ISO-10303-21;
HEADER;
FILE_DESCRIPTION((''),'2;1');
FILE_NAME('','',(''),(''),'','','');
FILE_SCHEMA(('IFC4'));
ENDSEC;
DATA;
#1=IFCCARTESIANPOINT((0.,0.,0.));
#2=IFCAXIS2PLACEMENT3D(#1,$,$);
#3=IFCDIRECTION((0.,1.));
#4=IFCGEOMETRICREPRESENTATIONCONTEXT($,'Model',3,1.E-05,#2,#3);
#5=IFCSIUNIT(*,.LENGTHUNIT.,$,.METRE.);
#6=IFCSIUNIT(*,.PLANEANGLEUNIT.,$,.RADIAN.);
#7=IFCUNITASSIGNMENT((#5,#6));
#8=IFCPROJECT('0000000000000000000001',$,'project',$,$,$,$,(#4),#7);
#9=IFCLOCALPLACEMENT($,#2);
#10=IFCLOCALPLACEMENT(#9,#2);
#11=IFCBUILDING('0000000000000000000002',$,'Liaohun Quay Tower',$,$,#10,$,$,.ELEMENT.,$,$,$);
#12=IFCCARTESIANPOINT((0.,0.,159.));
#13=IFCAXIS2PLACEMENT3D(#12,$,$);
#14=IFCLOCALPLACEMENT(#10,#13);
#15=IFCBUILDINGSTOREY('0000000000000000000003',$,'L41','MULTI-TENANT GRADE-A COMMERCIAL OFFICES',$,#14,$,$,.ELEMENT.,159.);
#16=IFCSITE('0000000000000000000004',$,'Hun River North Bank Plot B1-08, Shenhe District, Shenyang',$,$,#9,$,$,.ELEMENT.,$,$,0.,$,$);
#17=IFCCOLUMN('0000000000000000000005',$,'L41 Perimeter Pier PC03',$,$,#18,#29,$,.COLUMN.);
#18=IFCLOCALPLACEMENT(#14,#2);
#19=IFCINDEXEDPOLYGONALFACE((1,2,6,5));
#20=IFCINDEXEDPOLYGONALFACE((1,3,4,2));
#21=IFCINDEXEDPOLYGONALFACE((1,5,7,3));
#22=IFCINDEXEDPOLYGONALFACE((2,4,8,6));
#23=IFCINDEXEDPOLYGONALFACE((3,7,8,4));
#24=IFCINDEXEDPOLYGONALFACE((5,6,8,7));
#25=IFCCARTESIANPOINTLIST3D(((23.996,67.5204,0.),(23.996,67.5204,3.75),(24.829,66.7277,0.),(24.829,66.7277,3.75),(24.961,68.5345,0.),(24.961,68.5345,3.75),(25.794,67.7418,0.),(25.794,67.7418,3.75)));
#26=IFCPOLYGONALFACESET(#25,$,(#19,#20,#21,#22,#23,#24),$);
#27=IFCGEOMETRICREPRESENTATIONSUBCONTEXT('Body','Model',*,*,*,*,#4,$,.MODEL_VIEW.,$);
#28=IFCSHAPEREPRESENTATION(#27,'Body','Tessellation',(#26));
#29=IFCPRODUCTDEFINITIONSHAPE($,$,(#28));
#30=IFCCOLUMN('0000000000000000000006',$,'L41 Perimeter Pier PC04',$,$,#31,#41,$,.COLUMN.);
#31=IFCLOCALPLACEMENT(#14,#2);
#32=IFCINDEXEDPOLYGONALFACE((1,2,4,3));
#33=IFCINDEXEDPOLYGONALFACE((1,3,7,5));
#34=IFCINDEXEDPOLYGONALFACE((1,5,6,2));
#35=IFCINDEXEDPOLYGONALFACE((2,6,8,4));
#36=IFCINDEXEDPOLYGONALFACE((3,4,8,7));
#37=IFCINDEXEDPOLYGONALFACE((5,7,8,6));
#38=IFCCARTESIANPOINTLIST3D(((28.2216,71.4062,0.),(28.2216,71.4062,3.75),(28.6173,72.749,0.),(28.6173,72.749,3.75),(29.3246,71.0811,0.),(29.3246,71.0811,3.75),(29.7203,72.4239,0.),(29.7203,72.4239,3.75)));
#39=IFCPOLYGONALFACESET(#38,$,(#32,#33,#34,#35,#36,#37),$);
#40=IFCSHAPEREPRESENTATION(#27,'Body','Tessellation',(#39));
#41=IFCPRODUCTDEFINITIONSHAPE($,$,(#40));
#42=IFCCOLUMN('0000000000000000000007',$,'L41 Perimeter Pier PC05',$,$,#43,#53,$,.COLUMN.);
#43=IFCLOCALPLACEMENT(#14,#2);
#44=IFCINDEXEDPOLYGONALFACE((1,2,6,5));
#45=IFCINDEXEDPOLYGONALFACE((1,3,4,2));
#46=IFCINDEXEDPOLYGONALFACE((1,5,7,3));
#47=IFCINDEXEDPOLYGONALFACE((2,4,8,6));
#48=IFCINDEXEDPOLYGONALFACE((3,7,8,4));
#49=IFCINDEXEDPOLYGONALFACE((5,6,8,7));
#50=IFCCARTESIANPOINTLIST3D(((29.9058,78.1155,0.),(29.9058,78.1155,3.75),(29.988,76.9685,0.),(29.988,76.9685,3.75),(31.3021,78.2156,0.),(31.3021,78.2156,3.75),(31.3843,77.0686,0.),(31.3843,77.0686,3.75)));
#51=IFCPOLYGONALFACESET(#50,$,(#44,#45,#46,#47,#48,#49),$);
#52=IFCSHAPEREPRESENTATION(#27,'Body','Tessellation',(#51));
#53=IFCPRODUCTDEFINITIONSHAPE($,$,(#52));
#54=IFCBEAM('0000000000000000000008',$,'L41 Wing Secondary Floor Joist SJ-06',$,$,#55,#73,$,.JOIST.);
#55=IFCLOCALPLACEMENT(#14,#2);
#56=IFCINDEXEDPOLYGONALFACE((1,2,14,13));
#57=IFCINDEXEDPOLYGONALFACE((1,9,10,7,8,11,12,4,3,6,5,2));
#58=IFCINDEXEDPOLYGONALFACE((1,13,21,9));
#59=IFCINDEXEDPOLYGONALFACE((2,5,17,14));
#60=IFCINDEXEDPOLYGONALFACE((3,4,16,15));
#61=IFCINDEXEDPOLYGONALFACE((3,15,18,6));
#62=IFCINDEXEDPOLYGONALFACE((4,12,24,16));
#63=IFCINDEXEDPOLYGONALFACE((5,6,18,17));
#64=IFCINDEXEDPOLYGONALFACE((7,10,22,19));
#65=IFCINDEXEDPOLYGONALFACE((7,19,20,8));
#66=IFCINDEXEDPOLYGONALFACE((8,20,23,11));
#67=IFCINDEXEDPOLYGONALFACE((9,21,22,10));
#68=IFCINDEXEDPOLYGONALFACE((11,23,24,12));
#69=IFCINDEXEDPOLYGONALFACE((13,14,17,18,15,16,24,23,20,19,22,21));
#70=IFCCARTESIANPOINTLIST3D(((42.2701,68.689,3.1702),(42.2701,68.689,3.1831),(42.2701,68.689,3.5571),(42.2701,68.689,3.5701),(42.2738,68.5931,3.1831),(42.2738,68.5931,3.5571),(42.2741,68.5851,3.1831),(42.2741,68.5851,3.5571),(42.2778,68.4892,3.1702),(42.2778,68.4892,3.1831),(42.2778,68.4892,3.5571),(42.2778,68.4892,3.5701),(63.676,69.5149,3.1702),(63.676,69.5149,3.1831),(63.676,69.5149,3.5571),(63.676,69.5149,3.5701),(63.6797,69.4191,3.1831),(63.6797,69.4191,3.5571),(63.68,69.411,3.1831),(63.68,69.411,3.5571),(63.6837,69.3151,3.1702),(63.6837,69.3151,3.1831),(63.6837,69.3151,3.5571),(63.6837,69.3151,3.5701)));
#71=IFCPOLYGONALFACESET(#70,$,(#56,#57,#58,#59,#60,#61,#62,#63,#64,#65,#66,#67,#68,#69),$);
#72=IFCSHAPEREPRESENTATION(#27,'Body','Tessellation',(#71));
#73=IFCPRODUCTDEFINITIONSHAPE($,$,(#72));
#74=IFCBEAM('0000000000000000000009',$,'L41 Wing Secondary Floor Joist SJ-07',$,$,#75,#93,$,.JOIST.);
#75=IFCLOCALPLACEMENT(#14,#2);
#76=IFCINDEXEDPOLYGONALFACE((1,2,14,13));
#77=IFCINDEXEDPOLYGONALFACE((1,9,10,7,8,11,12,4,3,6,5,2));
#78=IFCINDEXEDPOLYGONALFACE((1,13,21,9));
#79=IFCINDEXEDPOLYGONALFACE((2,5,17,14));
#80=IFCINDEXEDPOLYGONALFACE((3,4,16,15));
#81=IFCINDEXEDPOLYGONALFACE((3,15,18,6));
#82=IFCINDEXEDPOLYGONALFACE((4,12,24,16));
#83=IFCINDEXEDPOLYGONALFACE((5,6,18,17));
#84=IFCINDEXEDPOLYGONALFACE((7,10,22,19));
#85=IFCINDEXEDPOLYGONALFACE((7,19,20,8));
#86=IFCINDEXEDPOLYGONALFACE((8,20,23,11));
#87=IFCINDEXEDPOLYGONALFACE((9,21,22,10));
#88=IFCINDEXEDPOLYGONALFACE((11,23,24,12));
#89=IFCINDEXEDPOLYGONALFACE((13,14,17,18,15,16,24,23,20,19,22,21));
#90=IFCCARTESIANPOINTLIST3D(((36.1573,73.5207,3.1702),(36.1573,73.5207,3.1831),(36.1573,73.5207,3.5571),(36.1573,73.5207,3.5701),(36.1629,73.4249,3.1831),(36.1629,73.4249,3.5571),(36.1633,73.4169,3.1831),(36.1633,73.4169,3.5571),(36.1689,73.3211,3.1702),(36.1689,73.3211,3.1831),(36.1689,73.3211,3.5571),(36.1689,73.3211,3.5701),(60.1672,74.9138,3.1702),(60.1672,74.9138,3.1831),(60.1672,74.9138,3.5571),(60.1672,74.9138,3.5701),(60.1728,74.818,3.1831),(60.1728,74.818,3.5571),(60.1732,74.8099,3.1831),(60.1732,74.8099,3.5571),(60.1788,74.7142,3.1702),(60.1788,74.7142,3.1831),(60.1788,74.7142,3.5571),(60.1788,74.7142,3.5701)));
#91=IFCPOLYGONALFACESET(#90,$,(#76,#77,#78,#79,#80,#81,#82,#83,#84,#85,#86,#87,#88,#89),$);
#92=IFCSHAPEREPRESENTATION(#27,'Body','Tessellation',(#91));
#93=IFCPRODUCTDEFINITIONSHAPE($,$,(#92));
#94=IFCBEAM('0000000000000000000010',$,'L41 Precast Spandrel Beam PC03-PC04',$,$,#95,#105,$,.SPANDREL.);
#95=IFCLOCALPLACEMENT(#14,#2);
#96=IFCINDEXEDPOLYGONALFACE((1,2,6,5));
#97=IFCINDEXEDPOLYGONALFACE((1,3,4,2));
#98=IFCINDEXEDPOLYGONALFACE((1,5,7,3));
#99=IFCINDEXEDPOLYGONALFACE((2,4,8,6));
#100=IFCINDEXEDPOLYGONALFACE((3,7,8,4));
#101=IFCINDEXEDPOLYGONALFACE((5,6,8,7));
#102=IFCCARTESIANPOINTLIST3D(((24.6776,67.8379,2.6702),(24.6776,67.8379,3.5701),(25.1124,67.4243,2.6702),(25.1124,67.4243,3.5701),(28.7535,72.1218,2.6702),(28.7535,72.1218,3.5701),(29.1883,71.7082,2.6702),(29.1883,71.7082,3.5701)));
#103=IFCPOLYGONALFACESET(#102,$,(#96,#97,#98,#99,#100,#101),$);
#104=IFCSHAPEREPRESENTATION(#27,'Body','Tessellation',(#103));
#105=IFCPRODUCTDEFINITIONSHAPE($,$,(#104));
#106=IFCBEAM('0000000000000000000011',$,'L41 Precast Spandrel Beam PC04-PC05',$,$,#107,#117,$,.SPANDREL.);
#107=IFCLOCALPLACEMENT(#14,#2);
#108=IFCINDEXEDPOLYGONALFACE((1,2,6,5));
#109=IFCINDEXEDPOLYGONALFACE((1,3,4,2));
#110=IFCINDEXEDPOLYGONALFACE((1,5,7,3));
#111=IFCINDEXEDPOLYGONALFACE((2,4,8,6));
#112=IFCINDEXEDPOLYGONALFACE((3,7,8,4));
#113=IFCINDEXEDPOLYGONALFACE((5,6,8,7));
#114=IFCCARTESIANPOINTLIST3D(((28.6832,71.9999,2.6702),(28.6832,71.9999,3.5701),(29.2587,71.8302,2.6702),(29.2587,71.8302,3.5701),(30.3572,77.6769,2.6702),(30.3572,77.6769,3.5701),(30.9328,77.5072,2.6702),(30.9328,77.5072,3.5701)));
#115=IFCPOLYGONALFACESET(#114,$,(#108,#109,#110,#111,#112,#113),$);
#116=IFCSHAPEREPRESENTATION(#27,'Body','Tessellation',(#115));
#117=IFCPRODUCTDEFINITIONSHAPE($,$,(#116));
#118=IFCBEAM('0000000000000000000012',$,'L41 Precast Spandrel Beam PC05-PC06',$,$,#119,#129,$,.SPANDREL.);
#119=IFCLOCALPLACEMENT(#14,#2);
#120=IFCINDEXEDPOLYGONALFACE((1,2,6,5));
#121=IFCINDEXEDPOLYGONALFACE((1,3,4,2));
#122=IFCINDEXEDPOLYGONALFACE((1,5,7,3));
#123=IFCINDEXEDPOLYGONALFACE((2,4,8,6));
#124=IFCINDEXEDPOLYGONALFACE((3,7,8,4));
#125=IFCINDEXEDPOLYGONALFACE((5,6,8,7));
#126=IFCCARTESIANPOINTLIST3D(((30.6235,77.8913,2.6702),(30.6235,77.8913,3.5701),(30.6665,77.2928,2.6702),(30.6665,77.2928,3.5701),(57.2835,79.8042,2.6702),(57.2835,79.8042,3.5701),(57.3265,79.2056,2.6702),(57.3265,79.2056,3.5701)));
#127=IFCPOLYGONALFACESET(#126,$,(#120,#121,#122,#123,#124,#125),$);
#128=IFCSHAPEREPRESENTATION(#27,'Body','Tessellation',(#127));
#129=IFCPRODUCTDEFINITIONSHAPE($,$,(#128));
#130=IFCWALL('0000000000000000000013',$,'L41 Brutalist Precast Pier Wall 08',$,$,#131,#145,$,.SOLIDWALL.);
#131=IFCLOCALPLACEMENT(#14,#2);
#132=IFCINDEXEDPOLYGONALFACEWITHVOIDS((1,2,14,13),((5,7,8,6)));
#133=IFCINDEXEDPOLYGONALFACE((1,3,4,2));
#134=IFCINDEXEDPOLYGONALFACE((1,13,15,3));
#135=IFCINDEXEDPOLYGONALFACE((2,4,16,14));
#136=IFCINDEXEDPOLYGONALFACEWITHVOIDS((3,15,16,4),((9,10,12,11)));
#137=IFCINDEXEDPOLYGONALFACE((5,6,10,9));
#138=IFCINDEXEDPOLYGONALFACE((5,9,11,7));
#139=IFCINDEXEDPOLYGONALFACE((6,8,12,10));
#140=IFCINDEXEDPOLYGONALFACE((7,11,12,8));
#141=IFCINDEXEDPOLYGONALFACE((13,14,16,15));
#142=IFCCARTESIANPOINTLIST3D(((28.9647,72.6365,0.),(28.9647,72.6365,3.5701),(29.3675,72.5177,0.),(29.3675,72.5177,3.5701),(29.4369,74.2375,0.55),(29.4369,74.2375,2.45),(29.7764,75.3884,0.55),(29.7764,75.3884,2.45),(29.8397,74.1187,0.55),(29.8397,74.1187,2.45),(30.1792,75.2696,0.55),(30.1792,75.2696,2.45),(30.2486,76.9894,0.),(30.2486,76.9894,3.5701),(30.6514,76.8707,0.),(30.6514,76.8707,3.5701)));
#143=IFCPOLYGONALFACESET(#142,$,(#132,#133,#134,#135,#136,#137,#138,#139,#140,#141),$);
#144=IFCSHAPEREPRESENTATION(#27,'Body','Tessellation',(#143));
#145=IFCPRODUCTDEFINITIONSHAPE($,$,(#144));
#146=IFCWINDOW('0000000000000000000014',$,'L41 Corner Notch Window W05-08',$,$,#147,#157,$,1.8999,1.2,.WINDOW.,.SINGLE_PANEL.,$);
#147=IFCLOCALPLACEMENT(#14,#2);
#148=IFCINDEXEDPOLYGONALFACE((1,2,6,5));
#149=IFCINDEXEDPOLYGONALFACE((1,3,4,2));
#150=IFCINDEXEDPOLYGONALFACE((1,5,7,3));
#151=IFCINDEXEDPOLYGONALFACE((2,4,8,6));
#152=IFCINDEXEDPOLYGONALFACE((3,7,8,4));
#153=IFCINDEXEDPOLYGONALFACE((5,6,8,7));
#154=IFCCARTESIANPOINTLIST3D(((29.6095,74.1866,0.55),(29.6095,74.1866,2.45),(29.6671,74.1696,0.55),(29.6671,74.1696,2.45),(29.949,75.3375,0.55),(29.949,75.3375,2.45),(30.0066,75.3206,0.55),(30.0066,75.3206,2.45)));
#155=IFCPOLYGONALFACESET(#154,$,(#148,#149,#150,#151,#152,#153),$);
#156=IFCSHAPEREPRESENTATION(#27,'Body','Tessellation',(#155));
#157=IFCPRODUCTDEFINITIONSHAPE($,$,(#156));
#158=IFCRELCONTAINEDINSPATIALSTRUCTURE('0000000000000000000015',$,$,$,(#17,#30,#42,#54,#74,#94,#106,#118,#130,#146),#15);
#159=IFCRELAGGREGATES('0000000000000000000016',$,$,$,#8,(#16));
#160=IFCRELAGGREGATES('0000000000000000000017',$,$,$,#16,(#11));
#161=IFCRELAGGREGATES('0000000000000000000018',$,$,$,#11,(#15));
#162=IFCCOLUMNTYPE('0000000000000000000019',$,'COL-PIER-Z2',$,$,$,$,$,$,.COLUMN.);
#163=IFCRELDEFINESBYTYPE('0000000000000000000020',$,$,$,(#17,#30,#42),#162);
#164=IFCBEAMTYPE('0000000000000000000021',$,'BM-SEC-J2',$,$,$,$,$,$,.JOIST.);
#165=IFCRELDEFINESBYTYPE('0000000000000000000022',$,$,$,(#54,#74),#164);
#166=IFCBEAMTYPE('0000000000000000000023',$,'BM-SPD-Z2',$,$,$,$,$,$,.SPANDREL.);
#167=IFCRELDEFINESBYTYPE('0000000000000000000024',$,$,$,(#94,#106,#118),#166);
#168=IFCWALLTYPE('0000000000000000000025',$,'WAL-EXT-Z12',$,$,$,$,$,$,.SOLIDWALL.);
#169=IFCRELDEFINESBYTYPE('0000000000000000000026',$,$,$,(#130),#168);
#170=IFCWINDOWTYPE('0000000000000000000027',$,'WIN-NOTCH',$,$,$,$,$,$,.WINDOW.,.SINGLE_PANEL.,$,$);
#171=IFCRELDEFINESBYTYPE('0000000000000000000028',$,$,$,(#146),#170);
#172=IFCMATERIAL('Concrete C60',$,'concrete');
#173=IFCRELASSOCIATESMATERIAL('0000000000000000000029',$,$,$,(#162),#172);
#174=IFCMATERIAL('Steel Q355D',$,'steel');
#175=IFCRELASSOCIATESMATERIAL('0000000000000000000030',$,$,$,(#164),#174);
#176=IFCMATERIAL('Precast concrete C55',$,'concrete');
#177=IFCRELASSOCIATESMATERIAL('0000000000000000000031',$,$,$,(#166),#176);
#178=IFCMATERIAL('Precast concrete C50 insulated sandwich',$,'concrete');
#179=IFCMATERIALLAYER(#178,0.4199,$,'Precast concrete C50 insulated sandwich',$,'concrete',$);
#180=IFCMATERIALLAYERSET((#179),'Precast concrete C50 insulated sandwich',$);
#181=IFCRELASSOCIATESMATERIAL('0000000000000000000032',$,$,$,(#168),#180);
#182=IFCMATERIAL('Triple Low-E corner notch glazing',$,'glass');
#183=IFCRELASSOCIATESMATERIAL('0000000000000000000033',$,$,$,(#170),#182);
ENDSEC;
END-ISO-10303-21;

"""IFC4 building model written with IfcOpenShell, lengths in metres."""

from ifc_helpers import new_model, si_unit, direction, frame, frame_2d, origin, origin_2d, place, context, subcontext, project, spatial, rectangle, i_section, extrude, source, transform, mapped, material, layer, layer_set, material_profile, profile_set, type_object, element, fill, save


model = new_model("IFC4")

# Units and contexts
model_context = context("Model", 3, precision=1e-05, world=origin(), true_north=direction((0.0, 1.0)))
body_context = subcontext(model_context, "Body", "Model", "MODEL_VIEW")
ifc_project = project(units=[si_unit("LENGTHUNIT", "METRE"), si_unit("PLANEANGLEUNIT", "RADIAN")], contexts=[model_context])

# Site, building, storey
site_placement = place(None, origin())
site = spatial("IfcSite", under=ifc_project, at=site_placement, Name="Hun River North Bank Plot B1-08, Shenhe District, Shenyang", CompositionType="ELEMENT", RefElevation=0.0)
building_placement = place(site_placement, origin())
building = spatial("IfcBuilding", under=site, at=building_placement, Name="Liaohun Quay Tower", CompositionType="ELEMENT")
storey_placement = place(building_placement, frame((0.0, 0.0, 159.0)))
storey = spatial("IfcBuildingStorey", under=building, at=storey_placement, Name="L41", Description="MULTI-TENANT GRADE-A COMMERCIAL OFFICES", CompositionType="ELEMENT", Elevation=159.0)

# Columns
ifc_material_1 = material(Name="Concrete C60", Category="concrete")
ifc_material_profile_1 = material_profile(ifc_material_1, rectangle(XDim=1.3999, YDim=1.1499, at=origin_2d()), Name="RC1400x1150")
ifc_profile_set_1 = profile_set([ifc_material_profile_1], Name="Concrete C60")
column_type = type_object("IfcColumnType", Name="COL-PIER-Z2", PredefinedType="COLUMN", material=ifc_profile_set_1)
shared_shape_1 = source(origin(), body_context, "Body", "SweptSolid", [
    extrude(rectangle(XDim=1.3999, YDim=1.1499, at=origin_2d()), origin(), (0.0, 0.0, 1.0), 3.75),
])
for number, where, z_axis, x_axis, name in (
    (1, (24.895, 67.6311, 0.0), (0.0, 0.0, 1.0), (0.689367, 0.724413, 0.0), "L41 Perimeter Pier PC03"),
    (2, (28.9709, 71.915, 0.0), (0.0, 0.0, 1.0), (0.282676, 0.959215, 0.0), "L41 Perimeter Pier PC04"),
    (3, (30.645, 77.592, 0.0), (0.0, 0.0, 1.0), (0.997441, 0.071497, 0.0), "L41 Perimeter Pier PC05"),
):
    element("IfcColumn", number, at=place(storey_placement, frame(where, z_axis=z_axis, x_axis=x_axis)), inside=storey, type_object=column_type, Name=name, PredefinedType="COLUMN", context=body_context, shape_type="MappedRepresentation", body=[
        mapped(shared_shape_1, transform((0.0, 0.0, 0.0), x_axis=(1.0, 0.0, 0.0), y_axis=(0.0, 1.0, 0.0), z_axis=(0.0, 0.0, 1.0), scale=1.0)),
    ])

# Beams
ifc_material_2 = material(Name="Steel Q355D", Category="steel")
ifc_material_profile_2 = material_profile(ifc_material_2, i_section(OverallWidth=0.2, OverallDepth=0.3999, WebThickness=0.0081, FlangeThickness=0.0129, at=origin_2d()), Name="HN400x200x8x13")
ifc_profile_set_2 = profile_set([ifc_material_profile_2], Name="Steel Q355D")
beam_type_1 = type_object("IfcBeamType", Name="BM-SEC-J2", PredefinedType="JOIST", material=ifc_profile_set_2)
shared_shape_2 = source(origin(), body_context, "Body", "SweptSolid", [
    extrude(i_section(OverallWidth=0.2, OverallDepth=0.3999, WebThickness=0.0081, FlangeThickness=0.0129, at=origin_2d()), origin(), (0.0, 0.0, 1.0), 21.4219),
])
beam_1_placement = place(storey_placement, frame((42.2739, 68.5891, 3.3701), z_axis=(0.999256, 0.038555, 0.0), x_axis=(-0.038555, 0.999256, 0.0)))
element("IfcBeam", 4, at=beam_1_placement, inside=storey, type_object=beam_type_1, Name="L41 Wing Secondary Floor Joist SJ-06", PredefinedType="JOIST", context=body_context, shape_type="MappedRepresentation", body=[
    mapped(shared_shape_2, transform((0.0, 0.0, 0.0), x_axis=(1.0, 0.0, 0.0), y_axis=(0.0, 1.0, 0.0), z_axis=(0.0, 0.0, 1.0), scale=1.0)),
])
shared_shape_3 = source(origin(), body_context, "Body", "SweptSolid", [
    extrude(i_section(OverallWidth=0.2, OverallDepth=0.3999, WebThickness=0.0081, FlangeThickness=0.0129, at=origin_2d()), origin(), (0.0, 0.0, 1.0), 24.0503),
])
beam_2_placement = place(storey_placement, frame((36.1631, 73.4209, 3.3701), z_axis=(0.998321, 0.057923, 0.0), x_axis=(-0.057923, 0.998321, 0.0)))
element("IfcBeam", 5, at=beam_2_placement, inside=storey, type_object=beam_type_1, Name="L41 Wing Secondary Floor Joist SJ-07", PredefinedType="JOIST", context=body_context, shape_type="MappedRepresentation", body=[
    mapped(shared_shape_3, transform((0.0, 0.0, 0.0), x_axis=(1.0, 0.0, 0.0), y_axis=(0.0, 1.0, 0.0), z_axis=(0.0, 0.0, 1.0), scale=1.0)),
])
ifc_material_3 = material(Name="Precast concrete C55", Category="concrete")
ifc_material_profile_3 = material_profile(ifc_material_3, rectangle(XDim=0.6001, YDim=0.8999, at=origin_2d()), Name="RC600x900")
ifc_profile_set_3 = profile_set([ifc_material_profile_3], Name="Precast concrete C55")
beam_type_2 = type_object("IfcBeamType", Name="BM-SPD-Z2", PredefinedType="SPANDREL", material=ifc_profile_set_3)
shared_shape_4 = source(origin(), body_context, "Body", "SweptSolid", [
    extrude(rectangle(XDim=0.6001, YDim=0.8999, at=origin_2d()), origin(), (0.0, 0.0, 1.0), 5.9131),
])
beam_3_placement = place(storey_placement, frame((24.895, 67.6311, 3.1201), z_axis=(0.689299, 0.724477, 0.0), x_axis=(-0.724477, 0.689299, 0.0)))
element("IfcBeam", 6, at=beam_3_placement, inside=storey, type_object=beam_type_2, Name="L41 Precast Spandrel Beam PC03-PC04", PredefinedType="SPANDREL", context=body_context, shape_type="MappedRepresentation", body=[
    mapped(shared_shape_4, transform((0.0, 0.0, 0.0), x_axis=(1.0, 0.0, 0.0), y_axis=(0.0, 1.0, 0.0), z_axis=(0.0, 0.0, 1.0), scale=1.0)),
])
shared_shape_5 = source(origin(), body_context, "Body", "SweptSolid", [
    extrude(rectangle(XDim=0.6001, YDim=0.8999, at=origin_2d()), origin(), (0.0, 0.0, 1.0), 5.9187),
])
beam_4_placement = place(storey_placement, frame((28.9709, 71.915, 3.1201), z_axis=(0.282845, 0.959166, 0.0), x_axis=(-0.959166, 0.282845, 0.0)))
element("IfcBeam", 7, at=beam_4_placement, inside=storey, type_object=beam_type_2, Name="L41 Precast Spandrel Beam PC04-PC05", PredefinedType="SPANDREL", context=body_context, shape_type="MappedRepresentation", body=[
    mapped(shared_shape_5, transform((0.0, 0.0, 0.0), x_axis=(1.0, 0.0, 0.0), y_axis=(0.0, 1.0, 0.0), z_axis=(0.0, 0.0, 1.0), scale=1.0)),
])
shared_shape_6 = source(origin(), body_context, "Body", "SweptSolid", [
    extrude(rectangle(XDim=0.6001, YDim=0.8999, at=origin_2d()), origin(), (0.0, 0.0, 1.0), 26.7285),
])
beam_5_placement = place(storey_placement, frame((30.645, 77.592, 3.1201), z_axis=(0.997436, 0.071566, 0.0), x_axis=(-0.071566, 0.997436, 0.0)))
element("IfcBeam", 8, at=beam_5_placement, inside=storey, type_object=beam_type_2, Name="L41 Precast Spandrel Beam PC05-PC06", PredefinedType="SPANDREL", context=body_context, shape_type="MappedRepresentation", body=[
    mapped(shared_shape_6, transform((0.0, 0.0, 0.0), x_axis=(1.0, 0.0, 0.0), y_axis=(0.0, 1.0, 0.0), z_axis=(0.0, 0.0, 1.0), scale=1.0)),
])

# Wall, opening, window
ifc_material_4 = material(Name="Precast concrete C50 insulated sandwich", Category="concrete")
ifc_layer_1 = layer(ifc_material_4, 0.4199, Name="Precast concrete C50 insulated sandwich", Category="concrete")
ifc_layer_set_1 = layer_set([ifc_layer_1], Name="Precast concrete C50 insulated sandwich")
wall_type_1 = type_object("IfcWallType", Name="WAL-EXT-Z12", PredefinedType="SOLIDWALL", material=ifc_layer_set_1)
wall_1_placement = place(storey_placement, frame((30.45, 76.9299, 0.0), z_axis=(0.0, 0.0, 1.0), x_axis=(-0.282903, -0.959149, 0.0)))
wall_1 = element("IfcWall", 9, at=wall_1_placement, inside=storey, type_object=wall_type_1, Name="L41 Brutalist Precast Pier Wall 08", PredefinedType="SOLIDWALL", context=body_context, shape_type="SweptSolid", body=[
    extrude(rectangle(XDim=4.5383, YDim=0.4199, at=frame_2d((2.269, 0.0))), origin(), (0.0, 0.0, 1.0), 3.5701),
])
shared_shape_7 = source(origin(), body_context, "Body", "SweptSolid", [
    extrude(rectangle(XDim=1.2, YDim=1.8999, at=frame_2d((0.6001, 0.95))), frame((0.0, 0.22, 0.0), z_axis=(0.0, -1.0, 0.0), x_axis=(1.0, 0.0, 0.0)), (0.0, 0.0, 1.0), 0.4399),
])
opening_1_placement = place(wall_1_placement, frame((1.6689, 0.0, 0.55)))
opening_1 = element("IfcOpeningElement", 10, at=opening_1_placement, cuts=wall_1, PredefinedType="OPENING", context=body_context, shape_type="MappedRepresentation", body=[
    mapped(shared_shape_7, transform((0.0, 0.0, 0.0), x_axis=(1.0, 0.0, 0.0), y_axis=(0.0, 1.0, 0.0), z_axis=(0.0, 0.0, 1.0), scale=1.0)),
])
ifc_material_5 = material(Name="Triple Low-E corner notch glazing", Category="glass")
window_type_1 = type_object("IfcWindowType", Name="WIN-NOTCH", PartitioningType="SINGLE_PANEL", PredefinedType="WINDOW", material=ifc_material_5)
shared_shape_8 = source(origin(), body_context, "Body", "SweptSolid", [
    extrude(rectangle(XDim=1.2, YDim=1.8999, at=frame_2d((0.6001, 0.95))), frame((0.0, 0.03, 0.0), z_axis=(0.0, -1.0, 0.0), x_axis=(1.0, 0.0, 0.0)), (0.0, 0.0, 1.0), 0.0601),
])
window_1_placement = place(opening_1_placement, origin())
window_1 = element("IfcWindow", 11, at=window_1_placement, inside=storey, type_object=window_type_1, Name="L41 Corner Notch Window W05-08", OverallHeight=1.8999, OverallWidth=1.2, PartitioningType="SINGLE_PANEL", PredefinedType="WINDOW", context=body_context, shape_type="MappedRepresentation", body=[
    mapped(shared_shape_8, transform((0.0, 0.0, 0.0), x_axis=(1.0, 0.0, 0.0), y_axis=(0.0, 1.0, 0.0), z_axis=(0.0, 0.0, 1.0), scale=1.0)),
])
fill(opening_1, window_1)

save(model, "model.ifc")
